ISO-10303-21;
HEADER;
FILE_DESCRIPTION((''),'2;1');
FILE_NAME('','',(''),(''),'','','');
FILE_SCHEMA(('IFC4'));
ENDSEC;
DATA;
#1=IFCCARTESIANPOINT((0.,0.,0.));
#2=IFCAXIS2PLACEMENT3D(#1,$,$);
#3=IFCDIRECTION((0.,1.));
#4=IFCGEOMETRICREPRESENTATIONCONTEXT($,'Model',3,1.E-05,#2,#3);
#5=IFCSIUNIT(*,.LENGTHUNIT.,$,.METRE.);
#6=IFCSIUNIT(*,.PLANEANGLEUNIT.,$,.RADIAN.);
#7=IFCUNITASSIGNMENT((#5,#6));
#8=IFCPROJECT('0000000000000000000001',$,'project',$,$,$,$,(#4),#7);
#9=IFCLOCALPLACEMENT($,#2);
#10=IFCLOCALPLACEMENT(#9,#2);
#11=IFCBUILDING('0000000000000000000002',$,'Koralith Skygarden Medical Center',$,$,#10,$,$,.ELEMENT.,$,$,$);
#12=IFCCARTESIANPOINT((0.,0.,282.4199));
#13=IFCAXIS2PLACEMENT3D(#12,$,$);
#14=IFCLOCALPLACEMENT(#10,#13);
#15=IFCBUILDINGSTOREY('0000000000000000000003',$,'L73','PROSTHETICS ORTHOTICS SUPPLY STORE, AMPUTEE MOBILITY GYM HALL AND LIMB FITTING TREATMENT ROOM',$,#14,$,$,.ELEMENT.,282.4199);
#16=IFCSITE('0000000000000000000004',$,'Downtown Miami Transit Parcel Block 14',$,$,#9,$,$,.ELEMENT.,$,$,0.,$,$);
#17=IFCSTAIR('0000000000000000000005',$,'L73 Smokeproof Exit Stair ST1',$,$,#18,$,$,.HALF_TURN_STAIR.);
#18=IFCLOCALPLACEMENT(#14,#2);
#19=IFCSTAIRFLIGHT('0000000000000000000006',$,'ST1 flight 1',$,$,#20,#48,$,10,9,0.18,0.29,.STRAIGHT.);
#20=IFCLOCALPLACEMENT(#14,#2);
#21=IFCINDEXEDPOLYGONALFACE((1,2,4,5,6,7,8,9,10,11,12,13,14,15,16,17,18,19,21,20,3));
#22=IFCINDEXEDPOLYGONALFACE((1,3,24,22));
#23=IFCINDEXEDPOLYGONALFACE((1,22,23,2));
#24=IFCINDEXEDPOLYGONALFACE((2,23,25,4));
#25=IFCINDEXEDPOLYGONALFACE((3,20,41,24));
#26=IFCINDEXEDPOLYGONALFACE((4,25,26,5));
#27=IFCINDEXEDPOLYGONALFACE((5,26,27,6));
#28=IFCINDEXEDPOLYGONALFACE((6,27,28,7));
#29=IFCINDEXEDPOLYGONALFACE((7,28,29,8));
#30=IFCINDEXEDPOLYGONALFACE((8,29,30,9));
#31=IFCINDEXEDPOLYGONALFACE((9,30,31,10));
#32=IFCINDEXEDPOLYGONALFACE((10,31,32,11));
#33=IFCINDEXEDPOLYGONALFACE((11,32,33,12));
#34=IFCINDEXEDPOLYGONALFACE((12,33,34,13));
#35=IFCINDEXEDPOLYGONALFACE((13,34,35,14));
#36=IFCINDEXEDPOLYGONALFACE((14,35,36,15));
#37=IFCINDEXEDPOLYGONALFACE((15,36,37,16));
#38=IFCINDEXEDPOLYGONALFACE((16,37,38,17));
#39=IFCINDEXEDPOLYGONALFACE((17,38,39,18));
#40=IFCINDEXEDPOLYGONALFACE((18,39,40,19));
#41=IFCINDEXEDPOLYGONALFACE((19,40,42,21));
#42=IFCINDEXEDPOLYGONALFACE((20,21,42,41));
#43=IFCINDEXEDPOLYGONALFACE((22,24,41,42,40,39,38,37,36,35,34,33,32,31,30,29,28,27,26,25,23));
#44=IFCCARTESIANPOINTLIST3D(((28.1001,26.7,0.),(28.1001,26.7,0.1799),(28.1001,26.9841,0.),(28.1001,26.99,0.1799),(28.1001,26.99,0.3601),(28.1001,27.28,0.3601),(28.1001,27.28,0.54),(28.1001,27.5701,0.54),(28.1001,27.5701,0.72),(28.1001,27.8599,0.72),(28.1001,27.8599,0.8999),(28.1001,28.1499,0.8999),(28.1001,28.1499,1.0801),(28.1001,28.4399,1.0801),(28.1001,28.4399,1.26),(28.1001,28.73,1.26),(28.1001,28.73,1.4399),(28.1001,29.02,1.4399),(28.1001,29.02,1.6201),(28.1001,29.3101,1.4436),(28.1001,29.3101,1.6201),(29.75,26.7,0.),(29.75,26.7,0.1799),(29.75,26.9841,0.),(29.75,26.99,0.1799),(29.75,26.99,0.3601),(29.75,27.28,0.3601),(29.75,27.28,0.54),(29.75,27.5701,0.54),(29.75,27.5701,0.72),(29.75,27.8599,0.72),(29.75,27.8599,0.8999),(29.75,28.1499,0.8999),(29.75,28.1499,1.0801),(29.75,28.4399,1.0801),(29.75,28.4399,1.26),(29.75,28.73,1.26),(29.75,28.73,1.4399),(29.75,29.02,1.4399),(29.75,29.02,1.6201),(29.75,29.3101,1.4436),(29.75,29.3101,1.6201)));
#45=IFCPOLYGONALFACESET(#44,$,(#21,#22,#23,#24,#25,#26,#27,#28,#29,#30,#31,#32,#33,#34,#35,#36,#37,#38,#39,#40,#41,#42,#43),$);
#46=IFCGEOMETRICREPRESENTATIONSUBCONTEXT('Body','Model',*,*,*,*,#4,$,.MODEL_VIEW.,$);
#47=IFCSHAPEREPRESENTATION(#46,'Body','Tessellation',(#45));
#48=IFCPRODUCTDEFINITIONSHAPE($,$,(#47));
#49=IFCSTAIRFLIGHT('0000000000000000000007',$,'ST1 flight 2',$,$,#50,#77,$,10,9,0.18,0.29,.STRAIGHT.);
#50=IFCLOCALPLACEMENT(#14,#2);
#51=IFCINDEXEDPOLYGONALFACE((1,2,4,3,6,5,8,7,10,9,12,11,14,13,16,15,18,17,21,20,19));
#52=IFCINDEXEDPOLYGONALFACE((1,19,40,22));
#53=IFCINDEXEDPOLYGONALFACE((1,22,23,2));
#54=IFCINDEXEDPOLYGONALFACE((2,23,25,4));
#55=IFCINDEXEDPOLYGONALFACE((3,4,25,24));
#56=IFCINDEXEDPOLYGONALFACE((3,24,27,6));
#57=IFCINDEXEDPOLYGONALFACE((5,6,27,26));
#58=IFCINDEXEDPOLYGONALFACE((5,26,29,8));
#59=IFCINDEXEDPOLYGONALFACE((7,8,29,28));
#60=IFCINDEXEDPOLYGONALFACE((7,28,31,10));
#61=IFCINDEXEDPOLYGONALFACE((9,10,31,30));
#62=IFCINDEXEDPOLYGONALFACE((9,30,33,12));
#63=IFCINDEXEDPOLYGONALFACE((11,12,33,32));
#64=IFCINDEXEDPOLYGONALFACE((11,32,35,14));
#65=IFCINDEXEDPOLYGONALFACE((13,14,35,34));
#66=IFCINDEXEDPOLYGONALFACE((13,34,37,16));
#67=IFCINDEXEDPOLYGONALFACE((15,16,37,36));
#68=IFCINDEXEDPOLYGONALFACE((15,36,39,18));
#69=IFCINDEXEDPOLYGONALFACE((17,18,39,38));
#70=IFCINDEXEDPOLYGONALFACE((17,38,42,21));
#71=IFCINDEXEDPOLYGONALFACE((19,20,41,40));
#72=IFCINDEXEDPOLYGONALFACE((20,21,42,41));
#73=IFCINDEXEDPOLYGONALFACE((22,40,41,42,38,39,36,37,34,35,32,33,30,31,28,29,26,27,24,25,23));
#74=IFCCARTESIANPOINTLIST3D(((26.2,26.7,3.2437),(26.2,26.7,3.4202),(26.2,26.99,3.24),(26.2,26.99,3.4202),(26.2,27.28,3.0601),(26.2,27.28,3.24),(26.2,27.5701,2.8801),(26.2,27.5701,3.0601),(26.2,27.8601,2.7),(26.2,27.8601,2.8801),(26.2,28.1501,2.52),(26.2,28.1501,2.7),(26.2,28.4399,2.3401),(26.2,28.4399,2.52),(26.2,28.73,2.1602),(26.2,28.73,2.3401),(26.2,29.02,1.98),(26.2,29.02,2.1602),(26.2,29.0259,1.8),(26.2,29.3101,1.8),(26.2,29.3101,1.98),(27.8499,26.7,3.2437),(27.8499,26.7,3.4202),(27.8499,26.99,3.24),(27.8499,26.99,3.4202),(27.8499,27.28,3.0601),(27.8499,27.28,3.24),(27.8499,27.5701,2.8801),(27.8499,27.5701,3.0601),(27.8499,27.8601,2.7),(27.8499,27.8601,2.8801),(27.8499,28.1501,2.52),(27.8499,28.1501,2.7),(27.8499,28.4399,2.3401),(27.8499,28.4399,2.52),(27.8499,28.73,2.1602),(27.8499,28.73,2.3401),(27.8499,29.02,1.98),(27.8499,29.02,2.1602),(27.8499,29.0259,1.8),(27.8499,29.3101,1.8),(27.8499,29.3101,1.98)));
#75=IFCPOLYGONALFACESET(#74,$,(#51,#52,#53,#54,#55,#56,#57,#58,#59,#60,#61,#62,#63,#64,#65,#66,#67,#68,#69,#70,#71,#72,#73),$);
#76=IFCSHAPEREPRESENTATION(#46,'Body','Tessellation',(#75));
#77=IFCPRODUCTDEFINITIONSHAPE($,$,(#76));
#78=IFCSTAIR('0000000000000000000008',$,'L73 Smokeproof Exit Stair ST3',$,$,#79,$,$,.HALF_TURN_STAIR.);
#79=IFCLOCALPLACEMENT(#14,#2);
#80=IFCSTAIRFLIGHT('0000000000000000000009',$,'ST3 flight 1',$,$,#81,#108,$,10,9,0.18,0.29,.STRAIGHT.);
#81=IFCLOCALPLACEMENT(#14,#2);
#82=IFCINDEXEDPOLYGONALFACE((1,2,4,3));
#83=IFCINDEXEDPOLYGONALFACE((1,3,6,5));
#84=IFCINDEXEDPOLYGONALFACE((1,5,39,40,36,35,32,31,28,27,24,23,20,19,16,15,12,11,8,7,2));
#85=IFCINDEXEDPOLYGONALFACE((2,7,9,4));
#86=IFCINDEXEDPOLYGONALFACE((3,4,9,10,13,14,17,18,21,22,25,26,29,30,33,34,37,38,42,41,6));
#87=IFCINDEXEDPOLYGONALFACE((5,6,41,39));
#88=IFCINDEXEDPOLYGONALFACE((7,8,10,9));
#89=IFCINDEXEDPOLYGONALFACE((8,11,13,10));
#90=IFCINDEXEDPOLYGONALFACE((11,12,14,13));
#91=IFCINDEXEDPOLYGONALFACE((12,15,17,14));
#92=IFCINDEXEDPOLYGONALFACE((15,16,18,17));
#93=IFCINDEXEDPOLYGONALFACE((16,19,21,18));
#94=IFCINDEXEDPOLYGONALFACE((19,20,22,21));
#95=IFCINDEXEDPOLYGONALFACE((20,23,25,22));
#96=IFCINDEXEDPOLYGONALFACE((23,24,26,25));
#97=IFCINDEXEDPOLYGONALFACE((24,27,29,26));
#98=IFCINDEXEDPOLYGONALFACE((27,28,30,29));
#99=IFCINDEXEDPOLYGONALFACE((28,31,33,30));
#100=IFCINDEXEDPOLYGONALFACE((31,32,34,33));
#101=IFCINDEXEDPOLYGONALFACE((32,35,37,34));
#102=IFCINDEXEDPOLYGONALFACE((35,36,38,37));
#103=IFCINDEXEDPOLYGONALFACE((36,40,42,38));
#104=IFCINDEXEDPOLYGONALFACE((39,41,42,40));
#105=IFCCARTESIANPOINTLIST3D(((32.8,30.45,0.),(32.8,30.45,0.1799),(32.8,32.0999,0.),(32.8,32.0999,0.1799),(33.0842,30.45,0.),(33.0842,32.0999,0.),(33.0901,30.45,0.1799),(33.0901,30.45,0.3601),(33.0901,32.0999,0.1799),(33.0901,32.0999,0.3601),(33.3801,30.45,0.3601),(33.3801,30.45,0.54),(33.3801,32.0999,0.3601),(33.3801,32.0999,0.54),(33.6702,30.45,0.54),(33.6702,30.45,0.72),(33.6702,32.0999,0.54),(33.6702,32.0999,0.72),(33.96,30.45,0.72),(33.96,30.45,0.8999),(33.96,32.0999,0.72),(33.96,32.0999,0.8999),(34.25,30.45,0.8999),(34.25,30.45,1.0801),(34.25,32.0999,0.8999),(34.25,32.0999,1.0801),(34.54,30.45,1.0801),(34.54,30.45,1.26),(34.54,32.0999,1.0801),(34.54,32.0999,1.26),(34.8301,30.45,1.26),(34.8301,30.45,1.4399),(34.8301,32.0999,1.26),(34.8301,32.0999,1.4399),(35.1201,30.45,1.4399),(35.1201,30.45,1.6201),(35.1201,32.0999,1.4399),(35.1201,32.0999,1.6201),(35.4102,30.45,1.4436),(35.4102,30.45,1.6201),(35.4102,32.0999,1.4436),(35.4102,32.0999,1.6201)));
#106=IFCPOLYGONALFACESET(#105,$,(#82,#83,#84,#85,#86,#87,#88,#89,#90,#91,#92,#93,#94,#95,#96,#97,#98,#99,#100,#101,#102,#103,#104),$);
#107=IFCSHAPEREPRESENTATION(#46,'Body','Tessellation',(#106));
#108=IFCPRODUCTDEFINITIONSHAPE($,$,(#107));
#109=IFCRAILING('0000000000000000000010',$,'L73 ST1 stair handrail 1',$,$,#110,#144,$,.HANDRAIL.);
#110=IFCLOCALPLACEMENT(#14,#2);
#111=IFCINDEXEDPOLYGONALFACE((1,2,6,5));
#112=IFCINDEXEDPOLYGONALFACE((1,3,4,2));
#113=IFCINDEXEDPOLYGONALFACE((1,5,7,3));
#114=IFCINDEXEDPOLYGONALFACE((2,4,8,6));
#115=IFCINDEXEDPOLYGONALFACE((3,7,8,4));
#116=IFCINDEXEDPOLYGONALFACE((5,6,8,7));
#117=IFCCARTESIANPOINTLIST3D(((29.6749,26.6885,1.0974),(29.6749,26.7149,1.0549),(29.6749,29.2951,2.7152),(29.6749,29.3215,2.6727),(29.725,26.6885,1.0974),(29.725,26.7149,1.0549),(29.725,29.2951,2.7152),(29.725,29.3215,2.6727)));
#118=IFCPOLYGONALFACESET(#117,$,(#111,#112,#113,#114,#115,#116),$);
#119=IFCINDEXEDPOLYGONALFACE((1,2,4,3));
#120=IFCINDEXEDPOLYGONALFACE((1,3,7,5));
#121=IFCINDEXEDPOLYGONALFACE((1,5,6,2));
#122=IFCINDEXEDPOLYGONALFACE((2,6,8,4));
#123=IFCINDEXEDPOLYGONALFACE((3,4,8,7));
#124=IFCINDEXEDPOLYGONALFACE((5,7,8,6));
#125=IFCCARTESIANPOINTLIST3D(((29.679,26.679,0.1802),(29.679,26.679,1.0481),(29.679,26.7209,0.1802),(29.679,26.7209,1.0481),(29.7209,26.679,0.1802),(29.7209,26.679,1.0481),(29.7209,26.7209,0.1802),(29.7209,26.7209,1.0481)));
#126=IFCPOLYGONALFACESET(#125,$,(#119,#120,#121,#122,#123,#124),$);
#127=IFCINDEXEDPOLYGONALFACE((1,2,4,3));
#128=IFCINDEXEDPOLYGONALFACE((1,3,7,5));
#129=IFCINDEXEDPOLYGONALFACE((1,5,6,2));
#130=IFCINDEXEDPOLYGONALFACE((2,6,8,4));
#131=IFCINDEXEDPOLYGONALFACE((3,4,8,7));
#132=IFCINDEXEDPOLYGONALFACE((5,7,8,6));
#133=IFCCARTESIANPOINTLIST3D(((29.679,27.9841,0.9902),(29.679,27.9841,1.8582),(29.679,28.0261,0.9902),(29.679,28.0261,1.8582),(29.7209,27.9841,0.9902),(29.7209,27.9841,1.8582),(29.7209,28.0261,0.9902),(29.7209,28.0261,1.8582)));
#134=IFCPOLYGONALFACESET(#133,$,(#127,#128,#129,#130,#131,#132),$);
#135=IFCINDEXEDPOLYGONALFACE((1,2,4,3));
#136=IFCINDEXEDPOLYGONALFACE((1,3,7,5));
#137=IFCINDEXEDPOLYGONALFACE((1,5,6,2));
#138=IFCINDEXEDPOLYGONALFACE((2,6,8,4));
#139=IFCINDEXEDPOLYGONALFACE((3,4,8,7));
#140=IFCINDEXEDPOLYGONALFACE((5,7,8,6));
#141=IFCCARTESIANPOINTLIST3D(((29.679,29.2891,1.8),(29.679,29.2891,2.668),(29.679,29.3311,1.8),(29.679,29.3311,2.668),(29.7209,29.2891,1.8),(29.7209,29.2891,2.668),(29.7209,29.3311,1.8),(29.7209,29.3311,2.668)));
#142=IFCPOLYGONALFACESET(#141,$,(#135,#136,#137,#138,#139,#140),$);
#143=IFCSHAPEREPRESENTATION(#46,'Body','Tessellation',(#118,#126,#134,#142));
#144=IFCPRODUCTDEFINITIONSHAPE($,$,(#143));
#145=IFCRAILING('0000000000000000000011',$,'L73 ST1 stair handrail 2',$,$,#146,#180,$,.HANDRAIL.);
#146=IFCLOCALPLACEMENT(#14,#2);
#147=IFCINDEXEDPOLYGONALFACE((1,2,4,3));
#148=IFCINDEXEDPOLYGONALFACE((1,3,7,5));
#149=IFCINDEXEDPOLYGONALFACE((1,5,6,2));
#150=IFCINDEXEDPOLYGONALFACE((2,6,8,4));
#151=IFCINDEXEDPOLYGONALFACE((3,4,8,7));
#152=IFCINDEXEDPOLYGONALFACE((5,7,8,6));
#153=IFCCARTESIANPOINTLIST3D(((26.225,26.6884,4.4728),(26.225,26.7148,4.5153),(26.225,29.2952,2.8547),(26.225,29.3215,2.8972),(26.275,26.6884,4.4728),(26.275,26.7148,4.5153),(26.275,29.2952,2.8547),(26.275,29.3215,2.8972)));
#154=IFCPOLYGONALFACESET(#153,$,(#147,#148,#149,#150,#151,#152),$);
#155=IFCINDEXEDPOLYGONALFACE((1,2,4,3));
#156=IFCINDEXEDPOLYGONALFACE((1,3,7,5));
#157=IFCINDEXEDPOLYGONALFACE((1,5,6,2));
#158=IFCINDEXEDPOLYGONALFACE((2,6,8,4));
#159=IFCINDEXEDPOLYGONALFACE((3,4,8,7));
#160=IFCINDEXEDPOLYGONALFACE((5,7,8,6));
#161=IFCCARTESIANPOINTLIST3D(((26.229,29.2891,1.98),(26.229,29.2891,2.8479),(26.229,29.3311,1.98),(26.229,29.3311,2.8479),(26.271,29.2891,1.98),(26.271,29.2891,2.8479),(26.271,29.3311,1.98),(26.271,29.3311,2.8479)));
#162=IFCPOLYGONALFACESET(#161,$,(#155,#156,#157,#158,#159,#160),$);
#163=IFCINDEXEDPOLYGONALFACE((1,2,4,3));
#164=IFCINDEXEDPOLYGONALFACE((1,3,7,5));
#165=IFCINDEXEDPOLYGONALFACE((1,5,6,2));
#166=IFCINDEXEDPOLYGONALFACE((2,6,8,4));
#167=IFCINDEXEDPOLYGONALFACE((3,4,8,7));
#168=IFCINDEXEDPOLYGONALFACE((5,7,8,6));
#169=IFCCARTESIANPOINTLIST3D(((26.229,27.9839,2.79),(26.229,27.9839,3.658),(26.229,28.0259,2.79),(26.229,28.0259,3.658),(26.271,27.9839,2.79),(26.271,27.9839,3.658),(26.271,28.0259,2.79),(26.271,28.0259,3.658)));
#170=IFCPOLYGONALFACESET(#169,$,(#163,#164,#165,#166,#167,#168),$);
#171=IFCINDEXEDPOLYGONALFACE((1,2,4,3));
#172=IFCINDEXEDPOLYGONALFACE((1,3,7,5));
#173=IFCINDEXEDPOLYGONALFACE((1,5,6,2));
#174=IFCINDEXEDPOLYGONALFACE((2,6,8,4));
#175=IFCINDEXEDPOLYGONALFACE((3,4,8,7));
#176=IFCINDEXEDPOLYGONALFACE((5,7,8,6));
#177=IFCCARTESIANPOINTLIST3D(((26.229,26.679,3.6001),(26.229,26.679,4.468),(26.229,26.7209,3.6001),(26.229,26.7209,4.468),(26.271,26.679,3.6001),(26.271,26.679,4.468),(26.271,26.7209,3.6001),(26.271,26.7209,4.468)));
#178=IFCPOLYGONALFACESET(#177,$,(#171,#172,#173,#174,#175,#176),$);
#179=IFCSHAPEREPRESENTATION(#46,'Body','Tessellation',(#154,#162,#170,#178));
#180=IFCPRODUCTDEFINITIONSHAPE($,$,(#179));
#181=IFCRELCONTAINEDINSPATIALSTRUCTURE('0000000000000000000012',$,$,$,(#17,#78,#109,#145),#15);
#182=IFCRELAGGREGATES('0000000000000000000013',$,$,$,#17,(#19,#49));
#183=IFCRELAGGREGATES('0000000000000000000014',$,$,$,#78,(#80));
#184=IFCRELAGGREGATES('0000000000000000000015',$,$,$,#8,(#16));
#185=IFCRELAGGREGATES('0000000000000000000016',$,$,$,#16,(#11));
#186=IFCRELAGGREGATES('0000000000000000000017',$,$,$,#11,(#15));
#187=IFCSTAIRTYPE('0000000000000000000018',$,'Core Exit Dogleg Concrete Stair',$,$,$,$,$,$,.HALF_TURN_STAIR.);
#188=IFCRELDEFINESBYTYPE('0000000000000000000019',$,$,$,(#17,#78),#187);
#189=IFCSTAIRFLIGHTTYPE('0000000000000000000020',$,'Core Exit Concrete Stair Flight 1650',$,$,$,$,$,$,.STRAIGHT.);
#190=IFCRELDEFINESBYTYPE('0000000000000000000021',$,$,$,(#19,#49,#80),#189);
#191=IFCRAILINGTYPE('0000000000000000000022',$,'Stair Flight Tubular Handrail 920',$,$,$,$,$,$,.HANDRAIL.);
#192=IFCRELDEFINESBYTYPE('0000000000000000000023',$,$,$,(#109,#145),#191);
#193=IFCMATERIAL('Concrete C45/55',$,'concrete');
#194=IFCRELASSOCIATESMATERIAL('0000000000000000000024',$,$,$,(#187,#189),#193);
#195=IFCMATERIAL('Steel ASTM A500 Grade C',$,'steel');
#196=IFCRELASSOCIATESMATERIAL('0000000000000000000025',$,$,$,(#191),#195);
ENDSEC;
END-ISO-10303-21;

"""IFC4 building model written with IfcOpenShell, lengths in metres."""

from ifc_helpers import new_model, si_unit, direction, frame, origin, origin_2d, place, context, subcontext, project, spatial, polyline, rectangle, outline, extrude, material, type_object, element, aggregate, save


model = new_model("IFC4")

# Units and contexts
model_context = context("Model", 3, precision=1e-05, world=origin(), true_north=direction((0.0, 1.0)))
body_context = subcontext(model_context, "Body", "Model", "MODEL_VIEW")
ifc_project = project(units=[si_unit("LENGTHUNIT", "METRE"), si_unit("PLANEANGLEUNIT", "RADIAN")], contexts=[model_context])

# Site, building, storey
site_placement = place(None, origin())
site = spatial("IfcSite", under=ifc_project, at=site_placement, Name="Downtown Miami Transit Parcel Block 14", CompositionType="ELEMENT", RefElevation=0.0)
building_placement = place(site_placement, origin())
building = spatial("IfcBuilding", under=site, at=building_placement, Name="Koralith Skygarden Medical Center", CompositionType="ELEMENT")
storey_placement = place(building_placement, frame((0.0, 0.0, 282.4199)))
storey = spatial("IfcBuildingStorey", under=building, at=storey_placement, Name="L73", Description="PROSTHETICS ORTHOTICS SUPPLY STORE, AMPUTEE MOBILITY GYM HALL AND LIMB FITTING TREATMENT ROOM", CompositionType="ELEMENT", Elevation=282.4199)

# Shared definitions
ifc_material_1 = material(Name="Concrete C45/55", Category="concrete")

# Stair, stair flights
stair_type = type_object("IfcStairType", Name="Core Exit Dogleg Concrete Stair", PredefinedType="HALF_TURN_STAIR", material=ifc_material_1)
stair_1_placement = place(storey_placement, origin())
stair_1 = element("IfcStair", 1, at=stair_1_placement, inside=storey, type_object=stair_type, Name="L73 Smokeproof Exit Stair ST1", PredefinedType="HALF_TURN_STAIR")
stair_flight_type = type_object("IfcStairFlightType", Name="Core Exit Concrete Stair Flight 1650", PredefinedType="STRAIGHT", material=ifc_material_1)
stair_flight_1_placement = place(storey_placement, frame((28.925, 26.7, 0.0), z_axis=(0.0, 0.0, 1.0), x_axis=(0.0, 1.0, 0.0)))
stair_flight_1 = element("IfcStairFlight", 2, at=stair_flight_1_placement, type_object=stair_flight_type, Name="ST1 flight 1", NumberOfRisers=10, NumberOfTreads=9, PredefinedType="STRAIGHT", RiserHeight=0.18, TreadLength=0.29, context=body_context, shape_type="SweptSolid", body=[
    extrude(outline(polyline([(0.0, 0.0), (0.0, 0.1799), (0.29, 0.1799), (0.29, 0.3601), (0.5801, 0.3601), (0.5801, 0.54), (0.8701, 0.54), (0.8701, 0.72), (1.1599, 0.72), (1.1599, 0.8999), (1.45, 0.8999), (1.45, 1.0801), (1.74, 1.0801), (1.74, 1.26), (2.03, 1.26), (2.03, 1.4399), (2.3201, 1.4399), (2.3201, 1.6201), (2.6101, 1.6201), (2.6101, 1.8), (2.6101, 1.4436), (0.2842, 0.0), (0.0, 0.0)])), frame((0.0, 0.825, 0.0), z_axis=(0.0, -1.0, 0.0), x_axis=(1.0, 0.0, 0.0)), (0.0, 0.0, 1.0), 1.6499),
])
stair_flight_2_placement = place(storey_placement, frame((27.0249, 29.3101, 1.8), z_axis=(0.0, 0.0, 1.0), x_axis=(0.0, -1.0, 0.0)))
stair_flight_2 = element("IfcStairFlight", 3, at=stair_flight_2_placement, type_object=stair_flight_type, Name="ST1 flight 2", NumberOfRisers=10, NumberOfTreads=9, PredefinedType="STRAIGHT", RiserHeight=0.18, TreadLength=0.29, context=body_context, shape_type="SweptSolid", body=[
    extrude(outline(polyline([(0.0, 0.0), (0.0, 0.1799), (0.29, 0.1799), (0.29, 0.3601), (0.5801, 0.3601), (0.5801, 0.54), (0.8701, 0.54), (0.8701, 0.72), (1.1599, 0.72), (1.1599, 0.8999), (1.45, 0.8999), (1.45, 1.0801), (1.74, 1.0801), (1.74, 1.26), (2.03, 1.26), (2.03, 1.4399), (2.3201, 1.4399), (2.3201, 1.6201), (2.6101, 1.6201), (2.6101, 1.8), (2.6101, 1.4436), (0.2842, 0.0), (0.0, 0.0)])), frame((0.0, 0.825, 0.0), z_axis=(0.0, -1.0, 0.0), x_axis=(1.0, 0.0, 0.0)), (0.0, 0.0, 1.0), 1.6499),
])
aggregate(stair_1, [stair_flight_1, stair_flight_2])

# Stair, stair flight
stair_2_placement = place(storey_placement, origin())
stair_2 = element("IfcStair", 4, at=stair_2_placement, inside=storey, type_object=stair_type, Name="L73 Smokeproof Exit Stair ST3", PredefinedType="HALF_TURN_STAIR")
stair_flight_3_placement = place(storey_placement, frame((32.8, 31.2749, 0.0), z_axis=(0.0, 0.0, 1.0), x_axis=(1.0, 0.0, 0.0)))
stair_flight_3 = element("IfcStairFlight", 5, at=stair_flight_3_placement, type_object=stair_flight_type, Name="ST3 flight 1", NumberOfRisers=10, NumberOfTreads=9, PredefinedType="STRAIGHT", RiserHeight=0.18, TreadLength=0.29, context=body_context, shape_type="SweptSolid", body=[
    extrude(outline(polyline([(0.0, 0.0), (0.0, 0.1799), (0.29, 0.1799), (0.29, 0.3601), (0.5801, 0.3601), (0.5801, 0.54), (0.8701, 0.54), (0.8701, 0.72), (1.1599, 0.72), (1.1599, 0.8999), (1.45, 0.8999), (1.45, 1.0801), (1.74, 1.0801), (1.74, 1.26), (2.03, 1.26), (2.03, 1.4399), (2.3201, 1.4399), (2.3201, 1.6201), (2.6101, 1.6201), (2.6101, 1.8), (2.6101, 1.4436), (0.2842, 0.0), (0.0, 0.0)])), frame((0.0, 0.825, 0.0), z_axis=(0.0, -1.0, 0.0), x_axis=(1.0, 0.0, 0.0)), (0.0, 0.0, 1.0), 1.6499),
])
aggregate(stair_2, [stair_flight_3])

# Railings
ifc_material_2 = material(Name="Steel ASTM A500 Grade C", Category="steel")
railing_type_1 = type_object("IfcRailingType", Name="Stair Flight Tubular Handrail 920", PredefinedType="HANDRAIL", material=ifc_material_2)
railing_1_placement = place(storey_placement, frame((29.7, 26.7, 0.1802)))
element("IfcRailing", 6, at=railing_1_placement, inside=storey, type_object=railing_type_1, Name="L73 ST1 stair handrail 1", PredefinedType="HANDRAIL", context=body_context, shape_type="SweptSolid", body=[
    extrude(rectangle(XDim=0.05, YDim=0.05, at=origin_2d()), frame((0.0, 0.0017, 0.896), z_axis=(0.0, 0.849668, 0.527317), x_axis=(-1.0, 0.0, 0.0)), (0.0, 0.0, 1.0), 3.0679),
    extrude(rectangle(XDim=0.042, YDim=0.042, at=origin_2d()), origin(), (0.0, 0.0, 1.0), 0.8679),
    extrude(rectangle(XDim=0.042, YDim=0.042, at=origin_2d()), frame((0.0, 1.3052, 0.8101)), (0.0, 0.0, 1.0), 0.8679),
    extrude(rectangle(XDim=0.042, YDim=0.042, at=origin_2d()), frame((0.0, 2.6101, 1.6199)), (0.0, 0.0, 1.0), 0.8679),
])
railing_2_placement = place(storey_placement, frame((26.25, 29.3101, 1.98)))
element("IfcRailing", 7, at=railing_2_placement, inside=storey, type_object=railing_type_1, Name="L73 ST1 stair handrail 2", PredefinedType="HANDRAIL", context=body_context, shape_type="SweptSolid", body=[
    extrude(rectangle(XDim=0.05, YDim=0.05, at=origin_2d()), frame((0.0, -0.0017, 0.896), z_axis=(0.0, -0.849633, 0.527375), x_axis=(1.0, 0.0, 0.0)), (0.0, 0.0, 1.0), 3.0681),
    extrude(rectangle(XDim=0.042, YDim=0.042, at=origin_2d()), origin(), (0.0, 0.0, 1.0), 0.8679),
    extrude(rectangle(XDim=0.042, YDim=0.042, at=origin_2d()), frame((0.0, -1.3052, 0.8101)), (0.0, 0.0, 1.0), 0.8679),
    extrude(rectangle(XDim=0.042, YDim=0.042, at=origin_2d()), frame((0.0, -2.6101, 1.6201)), (0.0, 0.0, 1.0), 0.8679),
])

save(model, "model.ifc")
